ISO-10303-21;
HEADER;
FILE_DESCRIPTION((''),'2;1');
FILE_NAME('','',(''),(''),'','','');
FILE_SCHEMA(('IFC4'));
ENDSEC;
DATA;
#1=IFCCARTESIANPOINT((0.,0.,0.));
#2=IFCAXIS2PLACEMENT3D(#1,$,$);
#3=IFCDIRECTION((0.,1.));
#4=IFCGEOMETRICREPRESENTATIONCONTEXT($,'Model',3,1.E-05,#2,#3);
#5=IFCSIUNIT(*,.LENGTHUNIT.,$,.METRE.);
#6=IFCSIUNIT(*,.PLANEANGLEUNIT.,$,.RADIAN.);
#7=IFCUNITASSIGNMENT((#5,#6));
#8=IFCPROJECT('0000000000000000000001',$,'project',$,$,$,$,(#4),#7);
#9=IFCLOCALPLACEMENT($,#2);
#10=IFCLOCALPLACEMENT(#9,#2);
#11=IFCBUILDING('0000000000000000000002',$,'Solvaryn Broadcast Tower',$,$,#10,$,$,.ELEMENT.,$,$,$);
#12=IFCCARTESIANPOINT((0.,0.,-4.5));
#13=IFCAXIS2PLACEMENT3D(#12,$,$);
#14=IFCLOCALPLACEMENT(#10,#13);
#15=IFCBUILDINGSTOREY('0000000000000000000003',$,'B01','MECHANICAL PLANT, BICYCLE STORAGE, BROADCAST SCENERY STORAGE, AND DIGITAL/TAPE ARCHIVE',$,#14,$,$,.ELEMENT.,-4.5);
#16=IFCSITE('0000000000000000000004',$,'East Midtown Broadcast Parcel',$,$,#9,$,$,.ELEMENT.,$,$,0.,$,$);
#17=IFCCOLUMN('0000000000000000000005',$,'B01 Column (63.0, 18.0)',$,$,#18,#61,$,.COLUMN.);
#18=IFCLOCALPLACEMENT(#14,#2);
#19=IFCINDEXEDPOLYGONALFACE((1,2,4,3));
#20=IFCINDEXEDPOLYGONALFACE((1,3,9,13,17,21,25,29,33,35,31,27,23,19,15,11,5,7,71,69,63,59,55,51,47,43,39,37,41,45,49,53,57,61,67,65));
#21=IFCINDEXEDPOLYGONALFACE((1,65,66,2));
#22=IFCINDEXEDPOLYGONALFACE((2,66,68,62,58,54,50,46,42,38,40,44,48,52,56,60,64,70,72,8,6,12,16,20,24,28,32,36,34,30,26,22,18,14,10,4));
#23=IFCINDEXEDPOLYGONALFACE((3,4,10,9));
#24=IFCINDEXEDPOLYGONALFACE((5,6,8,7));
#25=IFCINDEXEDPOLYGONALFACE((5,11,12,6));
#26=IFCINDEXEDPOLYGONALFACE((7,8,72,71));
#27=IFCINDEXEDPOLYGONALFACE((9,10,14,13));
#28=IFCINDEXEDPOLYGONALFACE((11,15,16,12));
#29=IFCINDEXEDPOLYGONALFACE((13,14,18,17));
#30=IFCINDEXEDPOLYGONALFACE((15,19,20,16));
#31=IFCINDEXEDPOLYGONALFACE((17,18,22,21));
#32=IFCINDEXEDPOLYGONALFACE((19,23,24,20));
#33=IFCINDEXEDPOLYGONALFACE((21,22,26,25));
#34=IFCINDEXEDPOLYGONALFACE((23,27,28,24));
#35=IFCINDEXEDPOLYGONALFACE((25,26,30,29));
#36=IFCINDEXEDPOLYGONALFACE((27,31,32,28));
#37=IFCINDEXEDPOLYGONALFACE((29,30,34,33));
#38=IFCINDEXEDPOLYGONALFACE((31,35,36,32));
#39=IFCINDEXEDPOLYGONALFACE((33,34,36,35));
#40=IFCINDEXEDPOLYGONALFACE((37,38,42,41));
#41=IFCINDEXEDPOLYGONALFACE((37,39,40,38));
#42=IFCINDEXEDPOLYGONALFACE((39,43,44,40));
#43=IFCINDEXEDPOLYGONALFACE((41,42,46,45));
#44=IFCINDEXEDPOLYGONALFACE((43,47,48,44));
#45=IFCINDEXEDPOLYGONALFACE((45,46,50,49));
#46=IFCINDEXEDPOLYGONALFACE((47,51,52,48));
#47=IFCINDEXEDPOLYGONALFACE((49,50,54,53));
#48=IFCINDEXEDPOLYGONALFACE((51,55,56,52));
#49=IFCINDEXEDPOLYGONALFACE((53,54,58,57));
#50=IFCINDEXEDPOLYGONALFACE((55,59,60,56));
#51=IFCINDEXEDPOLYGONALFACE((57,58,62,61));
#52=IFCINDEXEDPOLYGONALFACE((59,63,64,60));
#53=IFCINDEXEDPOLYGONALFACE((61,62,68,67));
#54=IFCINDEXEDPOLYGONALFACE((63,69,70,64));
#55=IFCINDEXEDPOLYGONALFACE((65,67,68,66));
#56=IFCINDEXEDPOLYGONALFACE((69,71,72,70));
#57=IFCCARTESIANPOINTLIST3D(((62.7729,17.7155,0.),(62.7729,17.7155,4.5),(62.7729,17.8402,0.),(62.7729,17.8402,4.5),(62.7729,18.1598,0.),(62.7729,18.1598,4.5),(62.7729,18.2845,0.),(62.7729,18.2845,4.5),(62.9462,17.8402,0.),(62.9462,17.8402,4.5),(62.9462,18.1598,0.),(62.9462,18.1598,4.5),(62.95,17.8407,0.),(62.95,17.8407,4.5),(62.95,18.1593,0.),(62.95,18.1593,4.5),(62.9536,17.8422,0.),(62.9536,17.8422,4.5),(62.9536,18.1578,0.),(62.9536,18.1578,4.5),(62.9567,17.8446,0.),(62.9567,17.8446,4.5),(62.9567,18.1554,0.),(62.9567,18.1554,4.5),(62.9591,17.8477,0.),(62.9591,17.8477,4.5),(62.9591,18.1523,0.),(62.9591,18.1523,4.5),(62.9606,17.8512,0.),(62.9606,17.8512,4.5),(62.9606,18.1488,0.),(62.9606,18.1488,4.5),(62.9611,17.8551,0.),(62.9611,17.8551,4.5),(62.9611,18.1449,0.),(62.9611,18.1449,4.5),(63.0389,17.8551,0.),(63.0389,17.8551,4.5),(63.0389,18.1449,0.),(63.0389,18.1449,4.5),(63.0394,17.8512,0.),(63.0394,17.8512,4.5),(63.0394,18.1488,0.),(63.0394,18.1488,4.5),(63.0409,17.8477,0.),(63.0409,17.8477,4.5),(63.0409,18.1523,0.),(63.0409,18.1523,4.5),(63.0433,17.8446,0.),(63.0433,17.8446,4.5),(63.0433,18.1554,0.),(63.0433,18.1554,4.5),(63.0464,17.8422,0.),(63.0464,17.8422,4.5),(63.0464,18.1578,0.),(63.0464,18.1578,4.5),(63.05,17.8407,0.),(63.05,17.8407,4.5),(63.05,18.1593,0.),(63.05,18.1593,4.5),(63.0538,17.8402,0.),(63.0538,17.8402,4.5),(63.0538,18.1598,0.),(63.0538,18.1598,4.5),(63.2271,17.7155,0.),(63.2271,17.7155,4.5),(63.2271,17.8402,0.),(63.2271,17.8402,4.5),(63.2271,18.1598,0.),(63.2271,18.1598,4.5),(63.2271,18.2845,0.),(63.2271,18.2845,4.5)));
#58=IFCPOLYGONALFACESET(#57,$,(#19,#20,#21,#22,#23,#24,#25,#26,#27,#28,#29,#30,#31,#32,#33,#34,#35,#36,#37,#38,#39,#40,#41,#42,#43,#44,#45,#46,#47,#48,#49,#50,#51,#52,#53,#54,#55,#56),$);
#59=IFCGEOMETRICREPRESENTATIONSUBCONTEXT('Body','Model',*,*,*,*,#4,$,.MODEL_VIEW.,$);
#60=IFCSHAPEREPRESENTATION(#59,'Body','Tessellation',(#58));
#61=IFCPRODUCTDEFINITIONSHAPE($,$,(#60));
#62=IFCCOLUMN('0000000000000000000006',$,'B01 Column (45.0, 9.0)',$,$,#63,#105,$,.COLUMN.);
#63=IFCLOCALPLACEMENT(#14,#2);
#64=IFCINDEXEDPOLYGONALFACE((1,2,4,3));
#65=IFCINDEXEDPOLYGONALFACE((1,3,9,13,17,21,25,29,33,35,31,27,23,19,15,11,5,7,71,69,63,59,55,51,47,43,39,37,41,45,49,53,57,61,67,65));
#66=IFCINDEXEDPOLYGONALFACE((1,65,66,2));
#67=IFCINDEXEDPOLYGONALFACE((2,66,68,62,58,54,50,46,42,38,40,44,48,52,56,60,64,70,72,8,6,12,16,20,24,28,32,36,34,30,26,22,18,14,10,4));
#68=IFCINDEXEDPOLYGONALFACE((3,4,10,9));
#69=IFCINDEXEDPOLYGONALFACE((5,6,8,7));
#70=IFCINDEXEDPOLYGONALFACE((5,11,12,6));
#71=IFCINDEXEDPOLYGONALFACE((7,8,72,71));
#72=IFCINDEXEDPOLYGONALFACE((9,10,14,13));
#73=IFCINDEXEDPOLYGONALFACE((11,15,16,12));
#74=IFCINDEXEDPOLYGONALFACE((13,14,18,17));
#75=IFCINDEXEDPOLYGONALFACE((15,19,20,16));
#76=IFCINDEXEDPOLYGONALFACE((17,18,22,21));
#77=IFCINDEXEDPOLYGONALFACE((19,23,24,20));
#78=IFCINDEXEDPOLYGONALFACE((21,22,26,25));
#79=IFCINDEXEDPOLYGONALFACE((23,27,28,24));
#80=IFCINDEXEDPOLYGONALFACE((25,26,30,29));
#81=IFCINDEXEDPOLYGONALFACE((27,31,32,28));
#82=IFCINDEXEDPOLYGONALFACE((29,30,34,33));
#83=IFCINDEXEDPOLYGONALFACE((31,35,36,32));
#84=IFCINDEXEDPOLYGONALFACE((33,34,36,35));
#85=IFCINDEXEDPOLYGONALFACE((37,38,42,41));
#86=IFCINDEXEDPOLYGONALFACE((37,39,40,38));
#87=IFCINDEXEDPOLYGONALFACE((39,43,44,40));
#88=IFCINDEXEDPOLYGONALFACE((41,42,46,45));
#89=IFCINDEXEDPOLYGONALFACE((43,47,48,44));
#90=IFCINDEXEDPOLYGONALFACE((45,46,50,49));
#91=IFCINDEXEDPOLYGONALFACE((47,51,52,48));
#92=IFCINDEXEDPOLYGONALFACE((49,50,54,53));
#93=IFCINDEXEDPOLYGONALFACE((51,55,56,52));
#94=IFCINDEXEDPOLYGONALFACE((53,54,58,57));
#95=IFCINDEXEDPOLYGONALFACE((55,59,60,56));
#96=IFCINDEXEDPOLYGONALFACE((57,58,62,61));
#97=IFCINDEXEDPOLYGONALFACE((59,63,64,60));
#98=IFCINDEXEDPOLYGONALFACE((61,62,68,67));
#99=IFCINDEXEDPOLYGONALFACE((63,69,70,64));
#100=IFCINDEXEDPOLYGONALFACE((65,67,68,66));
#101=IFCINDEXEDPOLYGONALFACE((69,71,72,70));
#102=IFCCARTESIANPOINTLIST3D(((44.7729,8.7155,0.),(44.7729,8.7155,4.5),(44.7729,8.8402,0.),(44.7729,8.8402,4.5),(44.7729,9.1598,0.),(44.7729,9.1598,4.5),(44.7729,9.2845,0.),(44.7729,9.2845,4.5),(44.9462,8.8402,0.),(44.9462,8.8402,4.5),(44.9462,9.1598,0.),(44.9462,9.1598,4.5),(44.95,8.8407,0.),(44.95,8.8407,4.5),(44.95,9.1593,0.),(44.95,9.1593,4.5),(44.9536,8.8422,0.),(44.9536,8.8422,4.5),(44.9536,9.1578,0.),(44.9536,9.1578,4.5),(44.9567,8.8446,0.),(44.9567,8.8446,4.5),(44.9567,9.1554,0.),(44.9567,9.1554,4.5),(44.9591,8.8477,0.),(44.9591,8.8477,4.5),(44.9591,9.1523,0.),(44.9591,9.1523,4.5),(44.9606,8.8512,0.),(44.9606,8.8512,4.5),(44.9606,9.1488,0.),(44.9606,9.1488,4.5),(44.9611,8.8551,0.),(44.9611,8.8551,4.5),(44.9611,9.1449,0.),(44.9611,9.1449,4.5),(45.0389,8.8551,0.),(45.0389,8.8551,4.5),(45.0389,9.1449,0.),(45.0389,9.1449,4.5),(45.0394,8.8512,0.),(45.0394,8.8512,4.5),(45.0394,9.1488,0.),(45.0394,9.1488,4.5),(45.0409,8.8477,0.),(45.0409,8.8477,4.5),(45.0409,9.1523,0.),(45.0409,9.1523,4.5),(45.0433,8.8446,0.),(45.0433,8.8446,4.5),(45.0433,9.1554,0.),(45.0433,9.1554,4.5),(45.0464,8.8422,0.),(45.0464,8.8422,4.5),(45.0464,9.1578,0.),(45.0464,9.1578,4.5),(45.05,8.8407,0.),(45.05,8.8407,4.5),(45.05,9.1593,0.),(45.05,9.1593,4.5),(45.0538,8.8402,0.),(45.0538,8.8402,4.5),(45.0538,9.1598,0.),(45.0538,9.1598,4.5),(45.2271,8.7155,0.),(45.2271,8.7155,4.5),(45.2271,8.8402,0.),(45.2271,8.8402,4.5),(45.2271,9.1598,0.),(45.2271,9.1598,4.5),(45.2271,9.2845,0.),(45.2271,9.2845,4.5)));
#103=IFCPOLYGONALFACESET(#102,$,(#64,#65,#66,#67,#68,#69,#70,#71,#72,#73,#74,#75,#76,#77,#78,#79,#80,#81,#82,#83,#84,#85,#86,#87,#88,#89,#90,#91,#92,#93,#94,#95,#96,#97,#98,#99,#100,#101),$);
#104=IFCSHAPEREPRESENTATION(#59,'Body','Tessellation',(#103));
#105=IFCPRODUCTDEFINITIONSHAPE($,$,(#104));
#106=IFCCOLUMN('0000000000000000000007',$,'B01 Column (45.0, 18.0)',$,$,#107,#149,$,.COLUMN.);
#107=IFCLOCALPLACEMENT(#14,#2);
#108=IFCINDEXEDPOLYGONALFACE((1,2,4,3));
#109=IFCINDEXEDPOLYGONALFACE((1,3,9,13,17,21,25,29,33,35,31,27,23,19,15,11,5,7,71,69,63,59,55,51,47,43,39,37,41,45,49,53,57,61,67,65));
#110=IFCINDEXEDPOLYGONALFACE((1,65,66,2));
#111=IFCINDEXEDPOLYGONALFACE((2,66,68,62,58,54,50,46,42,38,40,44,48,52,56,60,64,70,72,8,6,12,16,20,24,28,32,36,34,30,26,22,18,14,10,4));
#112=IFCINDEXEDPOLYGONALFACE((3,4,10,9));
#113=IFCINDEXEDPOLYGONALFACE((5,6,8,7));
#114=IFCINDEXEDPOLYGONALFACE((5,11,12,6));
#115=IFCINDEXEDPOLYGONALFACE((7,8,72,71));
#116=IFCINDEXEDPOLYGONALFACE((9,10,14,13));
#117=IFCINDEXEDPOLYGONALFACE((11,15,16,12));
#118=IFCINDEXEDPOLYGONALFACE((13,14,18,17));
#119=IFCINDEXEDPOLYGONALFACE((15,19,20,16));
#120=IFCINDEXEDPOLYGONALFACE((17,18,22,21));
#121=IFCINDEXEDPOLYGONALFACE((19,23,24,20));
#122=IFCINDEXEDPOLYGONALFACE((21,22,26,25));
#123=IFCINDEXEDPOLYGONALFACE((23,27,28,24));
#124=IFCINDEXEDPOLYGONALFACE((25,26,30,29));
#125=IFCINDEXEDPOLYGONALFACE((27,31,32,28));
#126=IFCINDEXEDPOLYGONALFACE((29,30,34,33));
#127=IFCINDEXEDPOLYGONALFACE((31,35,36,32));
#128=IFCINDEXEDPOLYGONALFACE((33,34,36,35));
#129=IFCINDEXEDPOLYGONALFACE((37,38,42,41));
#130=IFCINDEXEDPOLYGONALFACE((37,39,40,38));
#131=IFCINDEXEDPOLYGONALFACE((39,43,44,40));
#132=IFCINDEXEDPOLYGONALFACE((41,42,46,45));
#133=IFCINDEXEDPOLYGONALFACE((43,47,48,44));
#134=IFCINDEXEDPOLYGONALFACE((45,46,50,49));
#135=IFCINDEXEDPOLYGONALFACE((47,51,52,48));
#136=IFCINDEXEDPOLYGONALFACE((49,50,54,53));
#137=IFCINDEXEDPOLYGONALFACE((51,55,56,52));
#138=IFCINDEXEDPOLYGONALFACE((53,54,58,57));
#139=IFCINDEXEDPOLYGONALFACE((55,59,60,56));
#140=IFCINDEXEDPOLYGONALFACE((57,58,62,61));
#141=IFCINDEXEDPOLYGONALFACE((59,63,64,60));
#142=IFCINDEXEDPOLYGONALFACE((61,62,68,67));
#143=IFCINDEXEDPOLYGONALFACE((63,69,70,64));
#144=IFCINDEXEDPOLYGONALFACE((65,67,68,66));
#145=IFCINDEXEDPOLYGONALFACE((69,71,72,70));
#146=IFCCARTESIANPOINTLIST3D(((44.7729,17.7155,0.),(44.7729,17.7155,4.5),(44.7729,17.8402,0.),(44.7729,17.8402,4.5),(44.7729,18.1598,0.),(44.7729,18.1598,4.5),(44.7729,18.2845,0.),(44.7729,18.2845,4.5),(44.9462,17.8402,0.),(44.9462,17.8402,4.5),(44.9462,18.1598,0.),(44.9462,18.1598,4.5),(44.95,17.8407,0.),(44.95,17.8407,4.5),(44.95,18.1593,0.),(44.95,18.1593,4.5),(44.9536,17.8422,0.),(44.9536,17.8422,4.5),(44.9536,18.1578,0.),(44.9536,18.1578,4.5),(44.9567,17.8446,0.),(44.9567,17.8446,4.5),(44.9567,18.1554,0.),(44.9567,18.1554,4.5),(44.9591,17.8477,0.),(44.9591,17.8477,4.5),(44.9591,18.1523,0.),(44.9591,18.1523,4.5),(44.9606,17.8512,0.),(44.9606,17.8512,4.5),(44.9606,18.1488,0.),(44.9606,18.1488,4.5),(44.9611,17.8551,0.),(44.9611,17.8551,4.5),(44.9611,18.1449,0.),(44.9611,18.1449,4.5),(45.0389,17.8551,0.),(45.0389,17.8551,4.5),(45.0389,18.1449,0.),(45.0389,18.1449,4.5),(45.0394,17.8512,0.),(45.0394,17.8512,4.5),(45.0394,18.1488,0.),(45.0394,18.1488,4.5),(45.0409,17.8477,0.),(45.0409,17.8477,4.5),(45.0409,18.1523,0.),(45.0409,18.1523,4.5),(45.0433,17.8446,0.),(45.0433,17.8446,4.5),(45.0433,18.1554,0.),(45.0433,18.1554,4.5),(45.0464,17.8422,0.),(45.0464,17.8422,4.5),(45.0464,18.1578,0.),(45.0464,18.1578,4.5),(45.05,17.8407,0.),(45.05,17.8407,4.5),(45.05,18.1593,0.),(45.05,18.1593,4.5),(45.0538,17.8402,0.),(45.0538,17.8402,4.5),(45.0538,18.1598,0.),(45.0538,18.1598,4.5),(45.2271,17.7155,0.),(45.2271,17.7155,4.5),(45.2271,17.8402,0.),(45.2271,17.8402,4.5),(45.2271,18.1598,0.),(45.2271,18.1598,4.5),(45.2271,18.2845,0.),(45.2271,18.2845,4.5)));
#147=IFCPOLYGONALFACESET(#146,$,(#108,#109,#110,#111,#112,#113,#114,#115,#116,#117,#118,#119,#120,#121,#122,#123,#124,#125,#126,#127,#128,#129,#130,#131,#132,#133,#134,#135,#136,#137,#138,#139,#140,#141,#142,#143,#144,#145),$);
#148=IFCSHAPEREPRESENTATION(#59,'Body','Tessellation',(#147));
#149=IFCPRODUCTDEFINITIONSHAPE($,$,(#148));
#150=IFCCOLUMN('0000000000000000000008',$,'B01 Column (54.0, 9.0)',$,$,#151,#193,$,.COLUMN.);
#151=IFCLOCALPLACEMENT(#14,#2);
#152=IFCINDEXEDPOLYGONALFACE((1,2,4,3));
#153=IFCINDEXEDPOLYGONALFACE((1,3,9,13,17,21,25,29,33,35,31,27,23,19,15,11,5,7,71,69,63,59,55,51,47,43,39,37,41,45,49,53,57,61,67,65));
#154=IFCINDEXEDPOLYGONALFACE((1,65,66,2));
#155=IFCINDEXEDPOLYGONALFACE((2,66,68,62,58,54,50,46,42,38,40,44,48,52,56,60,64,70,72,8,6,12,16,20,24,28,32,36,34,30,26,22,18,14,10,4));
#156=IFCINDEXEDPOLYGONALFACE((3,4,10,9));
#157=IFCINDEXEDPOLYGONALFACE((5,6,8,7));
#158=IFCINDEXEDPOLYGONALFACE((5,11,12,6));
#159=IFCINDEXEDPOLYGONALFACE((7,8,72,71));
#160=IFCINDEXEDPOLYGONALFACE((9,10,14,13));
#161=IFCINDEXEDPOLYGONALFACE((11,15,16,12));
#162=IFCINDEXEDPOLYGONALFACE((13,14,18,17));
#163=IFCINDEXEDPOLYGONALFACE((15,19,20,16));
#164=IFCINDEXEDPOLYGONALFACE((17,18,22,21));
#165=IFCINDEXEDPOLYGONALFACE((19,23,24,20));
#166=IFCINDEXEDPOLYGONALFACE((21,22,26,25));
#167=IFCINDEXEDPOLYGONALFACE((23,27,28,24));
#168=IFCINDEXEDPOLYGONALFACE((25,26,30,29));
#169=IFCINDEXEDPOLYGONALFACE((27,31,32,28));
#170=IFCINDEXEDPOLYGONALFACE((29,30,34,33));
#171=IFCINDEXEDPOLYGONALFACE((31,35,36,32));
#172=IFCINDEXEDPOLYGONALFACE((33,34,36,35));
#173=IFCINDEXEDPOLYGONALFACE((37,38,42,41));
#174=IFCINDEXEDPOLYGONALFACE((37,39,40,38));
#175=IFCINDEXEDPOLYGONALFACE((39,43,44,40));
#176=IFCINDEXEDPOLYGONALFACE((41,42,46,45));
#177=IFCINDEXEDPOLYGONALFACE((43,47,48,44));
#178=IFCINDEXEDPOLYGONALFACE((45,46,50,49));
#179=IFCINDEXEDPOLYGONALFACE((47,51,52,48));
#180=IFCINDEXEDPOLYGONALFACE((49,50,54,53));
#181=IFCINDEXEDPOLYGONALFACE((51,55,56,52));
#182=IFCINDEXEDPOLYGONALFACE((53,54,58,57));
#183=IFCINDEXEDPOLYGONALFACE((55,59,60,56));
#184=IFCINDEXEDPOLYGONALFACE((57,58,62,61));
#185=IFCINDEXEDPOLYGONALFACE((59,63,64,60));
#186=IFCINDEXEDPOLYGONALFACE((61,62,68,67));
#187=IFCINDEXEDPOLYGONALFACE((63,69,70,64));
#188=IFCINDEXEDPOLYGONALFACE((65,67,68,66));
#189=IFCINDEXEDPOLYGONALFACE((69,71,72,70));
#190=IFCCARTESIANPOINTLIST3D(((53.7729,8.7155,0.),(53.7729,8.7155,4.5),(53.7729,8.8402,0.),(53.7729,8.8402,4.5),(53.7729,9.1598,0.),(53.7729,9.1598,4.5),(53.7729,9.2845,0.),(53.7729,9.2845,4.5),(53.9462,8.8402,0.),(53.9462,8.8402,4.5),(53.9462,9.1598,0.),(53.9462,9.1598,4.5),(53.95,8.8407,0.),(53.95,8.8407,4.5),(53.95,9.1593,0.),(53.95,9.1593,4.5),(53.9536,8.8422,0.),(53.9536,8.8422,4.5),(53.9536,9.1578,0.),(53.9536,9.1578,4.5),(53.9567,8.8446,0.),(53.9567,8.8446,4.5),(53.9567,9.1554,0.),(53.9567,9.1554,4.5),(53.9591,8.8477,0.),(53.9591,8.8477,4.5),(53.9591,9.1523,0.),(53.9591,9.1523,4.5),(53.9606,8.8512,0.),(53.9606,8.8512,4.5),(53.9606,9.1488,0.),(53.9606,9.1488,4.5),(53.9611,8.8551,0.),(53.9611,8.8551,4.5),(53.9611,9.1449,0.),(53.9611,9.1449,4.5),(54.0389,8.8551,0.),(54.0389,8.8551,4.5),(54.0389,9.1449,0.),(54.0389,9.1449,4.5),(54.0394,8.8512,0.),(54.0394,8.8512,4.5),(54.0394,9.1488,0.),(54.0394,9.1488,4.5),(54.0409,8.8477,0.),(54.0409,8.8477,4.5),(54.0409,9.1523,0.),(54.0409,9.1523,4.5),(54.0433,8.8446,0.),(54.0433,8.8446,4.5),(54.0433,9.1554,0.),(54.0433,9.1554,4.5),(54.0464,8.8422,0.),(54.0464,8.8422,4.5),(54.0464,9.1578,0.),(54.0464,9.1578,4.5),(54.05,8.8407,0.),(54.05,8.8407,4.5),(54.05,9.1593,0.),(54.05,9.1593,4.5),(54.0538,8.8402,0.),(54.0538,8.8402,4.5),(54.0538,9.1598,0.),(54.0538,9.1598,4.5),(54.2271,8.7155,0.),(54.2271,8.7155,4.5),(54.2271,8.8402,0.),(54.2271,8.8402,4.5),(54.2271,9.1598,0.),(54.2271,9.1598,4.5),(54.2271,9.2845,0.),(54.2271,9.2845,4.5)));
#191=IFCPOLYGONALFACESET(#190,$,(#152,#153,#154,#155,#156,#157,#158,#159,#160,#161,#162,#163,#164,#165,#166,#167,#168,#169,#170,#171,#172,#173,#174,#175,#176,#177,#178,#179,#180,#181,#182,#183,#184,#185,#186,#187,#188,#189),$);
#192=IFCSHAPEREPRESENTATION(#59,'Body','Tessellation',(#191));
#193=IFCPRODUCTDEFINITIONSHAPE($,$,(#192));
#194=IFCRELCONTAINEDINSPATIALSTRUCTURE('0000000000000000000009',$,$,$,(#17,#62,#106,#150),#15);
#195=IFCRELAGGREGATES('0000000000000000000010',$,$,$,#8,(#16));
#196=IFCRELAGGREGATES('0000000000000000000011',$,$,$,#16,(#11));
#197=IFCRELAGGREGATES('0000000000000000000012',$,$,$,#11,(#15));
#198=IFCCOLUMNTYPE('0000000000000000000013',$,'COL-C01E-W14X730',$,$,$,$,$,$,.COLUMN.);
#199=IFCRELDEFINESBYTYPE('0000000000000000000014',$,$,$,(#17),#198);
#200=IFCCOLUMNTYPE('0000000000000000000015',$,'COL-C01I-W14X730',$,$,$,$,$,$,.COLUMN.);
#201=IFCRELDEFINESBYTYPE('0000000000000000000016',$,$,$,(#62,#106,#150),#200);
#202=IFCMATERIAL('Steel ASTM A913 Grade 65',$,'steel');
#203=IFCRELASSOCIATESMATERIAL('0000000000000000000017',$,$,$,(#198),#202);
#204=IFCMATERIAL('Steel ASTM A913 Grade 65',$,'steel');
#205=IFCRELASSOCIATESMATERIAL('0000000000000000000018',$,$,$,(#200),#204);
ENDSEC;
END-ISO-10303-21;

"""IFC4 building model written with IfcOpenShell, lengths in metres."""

from ifc_helpers import new_model, si_unit, direction, frame, origin, origin_2d, place, context, subcontext, project, spatial, i_section, extrude, material, material_profile, profile_set, type_object, element, save


model = new_model("IFC4")

# Units and contexts
model_context = context("Model", 3, precision=1e-05, world=origin(), true_north=direction((0.0, 1.0)))
body_context = subcontext(model_context, "Body", "Model", "MODEL_VIEW")
ifc_project = project(units=[si_unit("LENGTHUNIT", "METRE"), si_unit("PLANEANGLEUNIT", "RADIAN")], contexts=[model_context])

# Site, building, storey
site_placement = place(None, origin())
site = spatial("IfcSite", under=ifc_project, at=site_placement, Name="East Midtown Broadcast Parcel", CompositionType="ELEMENT", RefElevation=0.0)
building_placement = place(site_placement, origin())
building = spatial("IfcBuilding", under=site, at=building_placement, Name="Solvaryn Broadcast Tower", CompositionType="ELEMENT")
storey_placement = place(building_placement, frame((0.0, 0.0, -4.5)))
storey = spatial("IfcBuildingStorey", under=building, at=storey_placement, Name="B01", Description="MECHANICAL PLANT, BICYCLE STORAGE, BROADCAST SCENERY STORAGE, AND DIGITAL/TAPE ARCHIVE", CompositionType="ELEMENT", Elevation=-4.5)

# Columns
ifc_material_1 = material(Name="Steel ASTM A913 Grade 65", Category="steel")
ifc_material_profile_1 = material_profile(ifc_material_1, i_section(OverallWidth=0.4541, OverallDepth=0.5691, WebThickness=0.0779, FlangeThickness=0.1248, FilletRadius=0.0149, at=origin_2d()))
ifc_profile_set_1 = profile_set([ifc_material_profile_1], Name="Steel ASTM A913 Grade 65")
column_type_1 = type_object("IfcColumnType", Name="COL-C01E-W14X730", PredefinedType="COLUMN", material=ifc_profile_set_1)
for number, where, z_axis, x_axis, name in (
    (1, (63.0, 18.0, 0.0), (0.0, 0.0, 1.0), (1.0, 0.0, 0.0), "B01 Column (63.0, 18.0)"),
):
    element("IfcColumn", number, at=place(storey_placement, frame(where, z_axis=z_axis, x_axis=x_axis)), inside=storey, type_object=column_type_1, Name=name, PredefinedType="COLUMN", context=body_context, shape_type="SweptSolid", body=[
        extrude(i_section(OverallWidth=0.4541, OverallDepth=0.5691, WebThickness=0.0779, FlangeThickness=0.1248, FilletRadius=0.0149, at=origin_2d()), origin(), (0.0, 0.0, 1.0), 4.5),
    ])
ifc_material_2 = material(Name="Steel ASTM A913 Grade 65", Category="steel")
ifc_material_profile_2 = material_profile(ifc_material_2, i_section(OverallWidth=0.4541, OverallDepth=0.5691, WebThickness=0.0779, FlangeThickness=0.1248, FilletRadius=0.0149, at=origin_2d()))
ifc_profile_set_2 = profile_set([ifc_material_profile_2], Name="Steel ASTM A913 Grade 65")
column_type_2 = type_object("IfcColumnType", Name="COL-C01I-W14X730", PredefinedType="COLUMN", material=ifc_profile_set_2)
for number, where, z_axis, x_axis, name in (
    (2, (45.0, 9.0, 0.0), (0.0, 0.0, 1.0), (1.0, 0.0, 0.0), "B01 Column (45.0, 9.0)"),
    (3, (45.0, 18.0, 0.0), (0.0, 0.0, 1.0), (1.0, 0.0, 0.0), "B01 Column (45.0, 18.0)"),
    (4, (54.0, 9.0, 0.0), (0.0, 0.0, 1.0), (1.0, 0.0, 0.0), "B01 Column (54.0, 9.0)"),
):
    element("IfcColumn", number, at=place(storey_placement, frame(where, z_axis=z_axis, x_axis=x_axis)), inside=storey, type_object=column_type_2, Name=name, PredefinedType="COLUMN", context=body_context, shape_type="SweptSolid", body=[
        extrude(i_section(OverallWidth=0.4541, OverallDepth=0.5691, WebThickness=0.0779, FlangeThickness=0.1248, FilletRadius=0.0149, at=origin_2d()), origin(), (0.0, 0.0, 1.0), 4.5),
    ])

save(model, "model.ifc")
